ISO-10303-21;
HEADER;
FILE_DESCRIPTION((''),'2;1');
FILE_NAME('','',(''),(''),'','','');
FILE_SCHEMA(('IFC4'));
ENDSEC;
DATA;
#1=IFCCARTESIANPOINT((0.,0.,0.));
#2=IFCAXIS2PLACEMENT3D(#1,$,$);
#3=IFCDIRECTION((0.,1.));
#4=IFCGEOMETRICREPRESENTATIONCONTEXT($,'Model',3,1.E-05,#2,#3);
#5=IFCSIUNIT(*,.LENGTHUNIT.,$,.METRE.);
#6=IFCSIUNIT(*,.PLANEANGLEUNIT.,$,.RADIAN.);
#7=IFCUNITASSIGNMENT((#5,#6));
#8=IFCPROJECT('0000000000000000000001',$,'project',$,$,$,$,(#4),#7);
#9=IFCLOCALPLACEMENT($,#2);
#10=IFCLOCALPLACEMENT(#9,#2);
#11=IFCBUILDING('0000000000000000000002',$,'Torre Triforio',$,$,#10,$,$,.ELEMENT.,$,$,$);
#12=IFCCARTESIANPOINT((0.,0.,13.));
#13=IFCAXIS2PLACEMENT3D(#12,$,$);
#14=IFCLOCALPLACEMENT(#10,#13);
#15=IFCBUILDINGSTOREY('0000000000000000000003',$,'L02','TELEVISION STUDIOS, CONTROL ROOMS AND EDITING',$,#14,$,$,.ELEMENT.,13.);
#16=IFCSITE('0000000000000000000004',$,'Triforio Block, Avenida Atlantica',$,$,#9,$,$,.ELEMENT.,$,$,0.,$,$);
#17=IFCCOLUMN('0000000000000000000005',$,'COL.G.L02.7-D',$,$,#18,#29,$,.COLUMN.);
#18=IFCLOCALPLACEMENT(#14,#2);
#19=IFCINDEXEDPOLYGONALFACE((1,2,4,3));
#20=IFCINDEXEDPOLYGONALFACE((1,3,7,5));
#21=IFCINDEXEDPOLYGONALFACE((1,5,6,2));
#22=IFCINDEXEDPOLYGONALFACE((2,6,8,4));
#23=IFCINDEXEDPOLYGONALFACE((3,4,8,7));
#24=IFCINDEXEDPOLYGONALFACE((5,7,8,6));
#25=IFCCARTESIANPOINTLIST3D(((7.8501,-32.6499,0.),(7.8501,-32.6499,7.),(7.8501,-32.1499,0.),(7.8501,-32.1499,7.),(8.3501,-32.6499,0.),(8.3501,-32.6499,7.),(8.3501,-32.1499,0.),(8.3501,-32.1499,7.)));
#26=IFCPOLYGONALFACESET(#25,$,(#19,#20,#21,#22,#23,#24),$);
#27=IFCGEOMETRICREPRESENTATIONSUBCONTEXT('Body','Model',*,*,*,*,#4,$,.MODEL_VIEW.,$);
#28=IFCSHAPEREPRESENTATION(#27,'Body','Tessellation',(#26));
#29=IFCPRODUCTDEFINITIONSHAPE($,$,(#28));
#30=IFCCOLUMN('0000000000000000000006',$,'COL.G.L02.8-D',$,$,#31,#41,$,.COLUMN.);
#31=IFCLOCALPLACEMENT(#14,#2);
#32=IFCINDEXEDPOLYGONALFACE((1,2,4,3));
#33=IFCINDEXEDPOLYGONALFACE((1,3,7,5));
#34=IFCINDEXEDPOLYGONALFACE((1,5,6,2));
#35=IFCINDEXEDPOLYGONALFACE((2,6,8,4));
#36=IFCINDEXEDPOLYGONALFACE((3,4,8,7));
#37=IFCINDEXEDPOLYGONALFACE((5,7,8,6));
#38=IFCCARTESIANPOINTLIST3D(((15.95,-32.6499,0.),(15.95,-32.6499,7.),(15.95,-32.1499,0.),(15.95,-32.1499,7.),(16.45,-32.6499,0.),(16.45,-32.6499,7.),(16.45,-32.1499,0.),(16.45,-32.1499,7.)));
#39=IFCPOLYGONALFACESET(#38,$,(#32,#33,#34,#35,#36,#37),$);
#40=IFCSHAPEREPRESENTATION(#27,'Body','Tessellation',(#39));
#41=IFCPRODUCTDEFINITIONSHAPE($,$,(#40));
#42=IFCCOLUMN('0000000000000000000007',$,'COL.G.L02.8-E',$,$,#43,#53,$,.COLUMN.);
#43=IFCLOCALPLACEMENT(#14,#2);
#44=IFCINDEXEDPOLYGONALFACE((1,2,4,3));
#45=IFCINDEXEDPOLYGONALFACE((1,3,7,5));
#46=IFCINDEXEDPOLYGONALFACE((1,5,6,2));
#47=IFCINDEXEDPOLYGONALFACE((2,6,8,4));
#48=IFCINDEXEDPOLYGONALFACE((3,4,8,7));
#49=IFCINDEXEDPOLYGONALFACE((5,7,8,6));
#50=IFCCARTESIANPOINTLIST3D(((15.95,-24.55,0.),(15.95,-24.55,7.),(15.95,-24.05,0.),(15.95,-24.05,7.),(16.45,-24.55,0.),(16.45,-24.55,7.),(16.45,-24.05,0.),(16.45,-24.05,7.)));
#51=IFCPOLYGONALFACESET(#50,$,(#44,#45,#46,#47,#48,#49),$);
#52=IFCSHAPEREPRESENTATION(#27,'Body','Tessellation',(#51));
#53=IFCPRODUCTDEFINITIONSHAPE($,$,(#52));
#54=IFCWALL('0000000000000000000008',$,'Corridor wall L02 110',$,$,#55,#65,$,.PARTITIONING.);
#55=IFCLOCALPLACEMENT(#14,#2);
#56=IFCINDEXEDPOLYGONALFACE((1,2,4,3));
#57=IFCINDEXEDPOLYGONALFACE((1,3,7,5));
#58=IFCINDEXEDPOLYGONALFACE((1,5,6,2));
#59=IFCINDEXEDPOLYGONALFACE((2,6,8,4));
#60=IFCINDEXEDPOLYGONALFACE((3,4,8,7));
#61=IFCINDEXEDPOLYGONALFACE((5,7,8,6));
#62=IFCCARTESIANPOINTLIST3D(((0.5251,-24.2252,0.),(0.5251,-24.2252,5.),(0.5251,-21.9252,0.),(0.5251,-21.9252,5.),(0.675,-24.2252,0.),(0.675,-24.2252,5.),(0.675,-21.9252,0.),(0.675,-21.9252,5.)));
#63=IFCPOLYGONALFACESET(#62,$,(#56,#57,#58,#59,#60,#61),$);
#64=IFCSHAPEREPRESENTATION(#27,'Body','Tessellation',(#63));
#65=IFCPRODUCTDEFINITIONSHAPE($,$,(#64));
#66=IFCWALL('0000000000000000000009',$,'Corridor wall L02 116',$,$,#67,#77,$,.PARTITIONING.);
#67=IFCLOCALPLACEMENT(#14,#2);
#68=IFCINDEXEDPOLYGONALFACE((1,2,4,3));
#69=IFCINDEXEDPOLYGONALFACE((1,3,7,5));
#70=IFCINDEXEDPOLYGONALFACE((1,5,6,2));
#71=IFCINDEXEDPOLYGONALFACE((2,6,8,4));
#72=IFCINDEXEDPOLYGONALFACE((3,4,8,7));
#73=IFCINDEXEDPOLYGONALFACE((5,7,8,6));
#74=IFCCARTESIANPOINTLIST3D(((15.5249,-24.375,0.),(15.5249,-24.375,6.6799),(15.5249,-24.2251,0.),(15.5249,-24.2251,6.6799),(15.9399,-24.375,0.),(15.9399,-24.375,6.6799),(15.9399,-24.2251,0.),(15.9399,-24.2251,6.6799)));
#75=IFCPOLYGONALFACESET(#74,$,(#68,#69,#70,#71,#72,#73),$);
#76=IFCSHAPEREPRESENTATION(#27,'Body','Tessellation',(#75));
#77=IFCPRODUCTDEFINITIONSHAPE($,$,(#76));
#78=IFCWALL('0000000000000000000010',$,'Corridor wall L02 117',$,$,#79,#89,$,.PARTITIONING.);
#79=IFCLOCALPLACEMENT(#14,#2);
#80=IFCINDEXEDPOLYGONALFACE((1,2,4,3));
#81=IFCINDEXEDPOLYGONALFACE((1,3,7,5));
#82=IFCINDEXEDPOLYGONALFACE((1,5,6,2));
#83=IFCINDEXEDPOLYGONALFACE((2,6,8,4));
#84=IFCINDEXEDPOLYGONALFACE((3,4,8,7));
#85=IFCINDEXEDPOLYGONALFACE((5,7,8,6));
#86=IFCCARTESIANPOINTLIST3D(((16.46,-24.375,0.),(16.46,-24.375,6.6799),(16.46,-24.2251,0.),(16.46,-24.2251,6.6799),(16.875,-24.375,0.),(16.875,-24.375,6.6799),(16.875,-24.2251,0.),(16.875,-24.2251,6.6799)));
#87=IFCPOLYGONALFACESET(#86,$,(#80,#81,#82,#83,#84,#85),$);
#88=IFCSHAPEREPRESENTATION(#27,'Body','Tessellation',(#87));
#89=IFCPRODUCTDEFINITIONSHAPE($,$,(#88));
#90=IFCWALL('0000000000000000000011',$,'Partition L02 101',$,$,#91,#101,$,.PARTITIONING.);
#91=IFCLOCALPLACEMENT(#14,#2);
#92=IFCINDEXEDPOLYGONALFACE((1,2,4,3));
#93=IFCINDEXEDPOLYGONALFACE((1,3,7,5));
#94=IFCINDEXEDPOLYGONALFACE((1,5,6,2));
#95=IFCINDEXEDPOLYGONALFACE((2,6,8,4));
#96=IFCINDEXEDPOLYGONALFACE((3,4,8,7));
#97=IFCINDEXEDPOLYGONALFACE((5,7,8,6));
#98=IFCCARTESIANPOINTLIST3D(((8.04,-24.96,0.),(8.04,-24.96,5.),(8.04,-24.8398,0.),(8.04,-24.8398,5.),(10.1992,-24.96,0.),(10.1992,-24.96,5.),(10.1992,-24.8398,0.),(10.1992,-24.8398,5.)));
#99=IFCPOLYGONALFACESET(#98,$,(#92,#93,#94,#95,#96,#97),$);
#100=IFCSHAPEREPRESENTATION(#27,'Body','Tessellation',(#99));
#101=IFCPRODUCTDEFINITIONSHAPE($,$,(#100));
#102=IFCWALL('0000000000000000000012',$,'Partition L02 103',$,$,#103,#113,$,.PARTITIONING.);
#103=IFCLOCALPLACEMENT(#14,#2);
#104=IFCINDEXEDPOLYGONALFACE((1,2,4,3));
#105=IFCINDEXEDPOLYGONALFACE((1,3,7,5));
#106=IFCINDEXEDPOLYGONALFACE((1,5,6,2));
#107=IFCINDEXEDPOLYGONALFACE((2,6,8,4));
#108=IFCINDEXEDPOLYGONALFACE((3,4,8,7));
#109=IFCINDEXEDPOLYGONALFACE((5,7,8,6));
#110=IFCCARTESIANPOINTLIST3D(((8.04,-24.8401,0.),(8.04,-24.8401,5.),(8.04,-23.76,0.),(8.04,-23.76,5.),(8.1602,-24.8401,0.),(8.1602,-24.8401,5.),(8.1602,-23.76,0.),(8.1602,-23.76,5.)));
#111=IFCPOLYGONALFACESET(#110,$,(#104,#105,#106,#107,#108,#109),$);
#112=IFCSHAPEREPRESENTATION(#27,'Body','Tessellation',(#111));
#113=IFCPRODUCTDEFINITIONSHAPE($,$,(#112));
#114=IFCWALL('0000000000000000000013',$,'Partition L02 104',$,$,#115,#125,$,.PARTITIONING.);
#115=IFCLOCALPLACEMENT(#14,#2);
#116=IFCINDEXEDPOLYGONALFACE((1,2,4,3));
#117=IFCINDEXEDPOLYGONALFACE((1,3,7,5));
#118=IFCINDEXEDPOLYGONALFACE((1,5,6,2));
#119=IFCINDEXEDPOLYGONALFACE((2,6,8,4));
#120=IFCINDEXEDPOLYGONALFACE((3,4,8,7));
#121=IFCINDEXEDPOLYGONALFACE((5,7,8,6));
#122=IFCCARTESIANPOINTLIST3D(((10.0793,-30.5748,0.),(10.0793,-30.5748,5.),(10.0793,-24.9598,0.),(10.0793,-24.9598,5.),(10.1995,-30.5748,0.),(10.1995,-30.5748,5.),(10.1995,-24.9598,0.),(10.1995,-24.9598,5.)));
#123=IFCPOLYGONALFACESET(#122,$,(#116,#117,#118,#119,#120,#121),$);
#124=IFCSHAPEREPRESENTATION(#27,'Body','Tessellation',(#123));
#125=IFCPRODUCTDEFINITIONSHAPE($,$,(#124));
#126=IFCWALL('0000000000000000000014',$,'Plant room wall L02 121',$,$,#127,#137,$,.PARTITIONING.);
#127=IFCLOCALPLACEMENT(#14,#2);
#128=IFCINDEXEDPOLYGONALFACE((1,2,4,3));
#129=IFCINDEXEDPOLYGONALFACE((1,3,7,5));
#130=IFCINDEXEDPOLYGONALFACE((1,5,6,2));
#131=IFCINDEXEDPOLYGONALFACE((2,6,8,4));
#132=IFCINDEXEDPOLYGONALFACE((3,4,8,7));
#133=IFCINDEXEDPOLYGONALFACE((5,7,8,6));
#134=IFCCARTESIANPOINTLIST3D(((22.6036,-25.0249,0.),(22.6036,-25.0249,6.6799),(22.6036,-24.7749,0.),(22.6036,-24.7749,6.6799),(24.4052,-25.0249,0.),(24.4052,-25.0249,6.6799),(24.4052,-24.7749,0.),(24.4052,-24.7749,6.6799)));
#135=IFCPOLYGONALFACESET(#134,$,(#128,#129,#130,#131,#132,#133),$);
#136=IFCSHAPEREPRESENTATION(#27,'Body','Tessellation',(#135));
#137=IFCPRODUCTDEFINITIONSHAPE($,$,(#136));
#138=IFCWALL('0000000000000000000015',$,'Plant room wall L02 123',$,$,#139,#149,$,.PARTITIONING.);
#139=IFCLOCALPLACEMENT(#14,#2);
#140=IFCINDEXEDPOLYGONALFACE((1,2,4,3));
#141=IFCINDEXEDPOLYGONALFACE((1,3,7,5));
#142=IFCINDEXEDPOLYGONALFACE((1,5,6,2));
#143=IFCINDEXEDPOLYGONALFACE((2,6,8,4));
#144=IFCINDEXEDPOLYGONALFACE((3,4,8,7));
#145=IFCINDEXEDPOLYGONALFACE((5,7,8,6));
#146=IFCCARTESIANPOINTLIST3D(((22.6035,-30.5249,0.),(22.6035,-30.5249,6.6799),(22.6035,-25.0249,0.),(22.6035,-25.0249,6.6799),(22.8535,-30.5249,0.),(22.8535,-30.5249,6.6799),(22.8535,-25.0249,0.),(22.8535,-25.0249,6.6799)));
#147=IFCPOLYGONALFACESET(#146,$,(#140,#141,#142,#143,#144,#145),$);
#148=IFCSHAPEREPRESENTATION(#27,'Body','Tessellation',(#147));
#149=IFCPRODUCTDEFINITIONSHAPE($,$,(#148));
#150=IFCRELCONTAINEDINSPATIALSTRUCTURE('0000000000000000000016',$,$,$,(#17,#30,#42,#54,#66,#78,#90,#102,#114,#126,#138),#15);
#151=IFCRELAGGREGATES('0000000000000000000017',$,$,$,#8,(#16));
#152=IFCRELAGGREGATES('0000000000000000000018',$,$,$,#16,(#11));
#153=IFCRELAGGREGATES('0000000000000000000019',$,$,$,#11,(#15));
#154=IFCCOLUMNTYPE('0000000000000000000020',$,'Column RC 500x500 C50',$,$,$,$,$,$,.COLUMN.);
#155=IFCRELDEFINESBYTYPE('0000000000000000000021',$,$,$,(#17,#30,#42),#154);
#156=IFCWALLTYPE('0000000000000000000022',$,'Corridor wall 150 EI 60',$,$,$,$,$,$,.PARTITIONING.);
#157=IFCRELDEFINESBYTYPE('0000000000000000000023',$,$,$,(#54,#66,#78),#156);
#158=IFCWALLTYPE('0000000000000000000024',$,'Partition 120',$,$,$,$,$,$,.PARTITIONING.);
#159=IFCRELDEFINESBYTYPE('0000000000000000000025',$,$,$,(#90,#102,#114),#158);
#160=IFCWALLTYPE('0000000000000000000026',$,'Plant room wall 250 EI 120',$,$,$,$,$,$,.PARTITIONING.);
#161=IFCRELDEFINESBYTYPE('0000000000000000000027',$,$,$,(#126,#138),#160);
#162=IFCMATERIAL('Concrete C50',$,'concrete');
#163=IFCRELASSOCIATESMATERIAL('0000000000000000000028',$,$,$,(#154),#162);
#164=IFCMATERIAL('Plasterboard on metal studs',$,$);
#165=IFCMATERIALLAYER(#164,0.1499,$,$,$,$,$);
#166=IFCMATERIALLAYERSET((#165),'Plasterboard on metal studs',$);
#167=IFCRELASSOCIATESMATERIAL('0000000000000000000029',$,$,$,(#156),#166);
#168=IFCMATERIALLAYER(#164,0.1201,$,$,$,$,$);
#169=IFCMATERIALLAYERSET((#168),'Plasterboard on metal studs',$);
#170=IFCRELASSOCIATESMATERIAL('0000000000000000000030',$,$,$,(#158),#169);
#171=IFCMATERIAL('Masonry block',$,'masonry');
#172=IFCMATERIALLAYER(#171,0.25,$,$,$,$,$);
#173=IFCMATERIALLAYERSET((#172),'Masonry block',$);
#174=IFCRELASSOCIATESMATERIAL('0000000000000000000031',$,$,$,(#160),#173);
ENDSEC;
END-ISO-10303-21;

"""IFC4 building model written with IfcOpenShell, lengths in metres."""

from ifc_helpers import new_model, si_unit, direction, frame, frame_2d, origin, origin_2d, place, context, subcontext, project, spatial, rectangle, extrude, material, layer, layer_set, material_profile, profile_set, type_object, element, save


model = new_model("IFC4")

# Units and contexts
model_context = context("Model", 3, precision=1e-05, world=origin(), true_north=direction((0.0, 1.0)))
body_context = subcontext(model_context, "Body", "Model", "MODEL_VIEW")
ifc_project = project(units=[si_unit("LENGTHUNIT", "METRE"), si_unit("PLANEANGLEUNIT", "RADIAN")], contexts=[model_context])

# Site, building, storey
site_placement = place(None, origin())
site = spatial("IfcSite", under=ifc_project, at=site_placement, Name="Triforio Block, Avenida Atlantica", CompositionType="ELEMENT", RefElevation=0.0)
building_placement = place(site_placement, origin())
building = spatial("IfcBuilding", under=site, at=building_placement, Name="Torre Triforio", CompositionType="ELEMENT")
storey_placement = place(building_placement, frame((0.0, 0.0, 13.0)))
storey = spatial("IfcBuildingStorey", under=building, at=storey_placement, Name="L02", Description="TELEVISION STUDIOS, CONTROL ROOMS AND EDITING", CompositionType="ELEMENT", Elevation=13.0)

# Columns
ifc_material_1 = material(Name="Concrete C50", Category="concrete")
ifc_material_profile = material_profile(ifc_material_1, rectangle(XDim=0.5, YDim=0.5, at=origin_2d()), Name="RC 500x500")
ifc_profile_set = profile_set([ifc_material_profile], Name="Concrete C50")
column_type = type_object("IfcColumnType", Name="Column RC 500x500 C50", PredefinedType="COLUMN", material=ifc_profile_set)
for number, where, z_axis, x_axis, name in (
    (1, (8.1001, -32.3999, 0.0), (0.0, 0.0, 1.0), (1.0, 0.0, 0.0), "COL.G.L02.7-D"),
    (2, (16.2, -32.3999, 0.0), (0.0, 0.0, 1.0), (1.0, 0.0, 0.0), "COL.G.L02.8-D"),
    (3, (16.2, -24.3, 0.0), (0.0, 0.0, 1.0), (1.0, 0.0, 0.0), "COL.G.L02.8-E"),
):
    element("IfcColumn", number, at=place(storey_placement, frame(where, z_axis=z_axis, x_axis=x_axis)), inside=storey, type_object=column_type, Name=name, PredefinedType="COLUMN", context=body_context, shape_type="SweptSolid", body=[
        extrude(rectangle(XDim=0.5, YDim=0.5, at=origin_2d()), origin(), (0.0, 0.0, 1.0), 7.0),
    ])

# Walls
ifc_material_2 = material(Name="Plasterboard on metal studs")
ifc_layer_1 = layer(ifc_material_2, 0.1499)
ifc_layer_set_1 = layer_set([ifc_layer_1], Name="Plasterboard on metal studs")
wall_type_1 = type_object("IfcWallType", Name="Corridor wall 150 EI 60", PredefinedType="PARTITIONING", material=ifc_layer_set_1)
wall_1_placement = place(storey_placement, frame((0.6001, -24.2251, 0.0), z_axis=(0.0, 0.0, 1.0), x_axis=(0.0, 1.0, 0.0)))
element("IfcWall", 4, at=wall_1_placement, inside=storey, type_object=wall_type_1, Name="Corridor wall L02 110", PredefinedType="PARTITIONING", context=body_context, shape_type="SweptSolid", body=[
    extrude(rectangle(XDim=2.3, YDim=0.1499, at=frame_2d((1.1499, 0.0))), origin(), (0.0, 0.0, 1.0), 5.0),
])
for number, where, z_axis, x_axis, name in (
    (5, (15.5249, -24.3, 0.0), (0.0, 0.0, 1.0), (1.0, 0.0, 0.0), "Corridor wall L02 116"),
    (6, (16.46, -24.3, 0.0), (0.0, 0.0, 1.0), (1.0, 0.0, 0.0), "Corridor wall L02 117"),
):
    element("IfcWall", number, at=place(storey_placement, frame(where, z_axis=z_axis, x_axis=x_axis)), inside=storey, type_object=wall_type_1, Name=name, PredefinedType="PARTITIONING", context=body_context, shape_type="SweptSolid", body=[
        extrude(rectangle(XDim=0.415, YDim=0.1499, at=frame_2d((0.2075, 0.0))), origin(), (0.0, 0.0, 1.0), 6.6799),
    ])
ifc_layer_2 = layer(ifc_material_2, 0.1201)
ifc_layer_set_2 = layer_set([ifc_layer_2], Name="Plasterboard on metal studs")
wall_type_2 = type_object("IfcWallType", Name="Partition 120", PredefinedType="PARTITIONING", material=ifc_layer_set_2)
wall_2_placement = place(storey_placement, frame((8.04, -24.8999, 0.0), z_axis=(0.0, 0.0, 1.0), x_axis=(1.0, 0.0, 0.0)))
element("IfcWall", 7, at=wall_2_placement, inside=storey, type_object=wall_type_2, Name="Partition L02 101", PredefinedType="PARTITIONING", context=body_context, shape_type="SweptSolid", body=[
    extrude(rectangle(XDim=2.1592, YDim=0.1201, at=frame_2d((1.0796, 0.0))), origin(), (0.0, 0.0, 1.0), 5.0),
])
wall_3_placement = place(storey_placement, frame((8.1001, -24.8401, 0.0), z_axis=(0.0, 0.0, 1.0), x_axis=(0.0, 1.0, 0.0)))
element("IfcWall", 8, at=wall_3_placement, inside=storey, type_object=wall_type_2, Name="Partition L02 103", PredefinedType="PARTITIONING", context=body_context, shape_type="SweptSolid", body=[
    extrude(rectangle(XDim=1.0801, YDim=0.1201, at=frame_2d((0.54, 0.0))), origin(), (0.0, 0.0, 1.0), 5.0),
])
wall_4_placement = place(storey_placement, frame((10.1394, -30.575, 0.0), z_axis=(0.0, 0.0, 1.0), x_axis=(0.0, 1.0, 0.0)))
element("IfcWall", 9, at=wall_4_placement, inside=storey, type_object=wall_type_2, Name="Partition L02 104", PredefinedType="PARTITIONING", context=body_context, shape_type="SweptSolid", body=[
    extrude(rectangle(XDim=5.615, YDim=0.1201, at=frame_2d((2.8076, 0.0))), origin(), (0.0, 0.0, 1.0), 5.0),
])
ifc_material_3 = material(Name="Masonry block", Category="masonry")
ifc_layer_3 = layer(ifc_material_3, 0.25)
ifc_layer_set_3 = layer_set([ifc_layer_3], Name="Masonry block")
wall_type_3 = type_object("IfcWallType", Name="Plant room wall 250 EI 120", PredefinedType="PARTITIONING", material=ifc_layer_set_3)
wall_5_placement = place(storey_placement, frame((22.6035, -24.8999, 0.0), z_axis=(0.0, 0.0, 1.0), x_axis=(1.0, 0.0, 0.0)))
element("IfcWall", 10, at=wall_5_placement, inside=storey, type_object=wall_type_3, Name="Plant room wall L02 121", PredefinedType="PARTITIONING", context=body_context, shape_type="SweptSolid", body=[
    extrude(rectangle(XDim=1.8015, YDim=0.25, at=frame_2d((0.9009, 0.0))), origin(), (0.0, 0.0, 1.0), 6.6799),
])
wall_6_placement = place(storey_placement, frame((22.7285, -30.5249, 0.0), z_axis=(0.0, 0.0, 1.0), x_axis=(0.0, 1.0, 0.0)))
element("IfcWall", 11, at=wall_6_placement, inside=storey, type_object=wall_type_3, Name="Plant room wall L02 123", PredefinedType="PARTITIONING", context=body_context, shape_type="SweptSolid", body=[
    extrude(rectangle(XDim=5.5, YDim=0.25, at=frame_2d((2.75, 0.0))), origin(), (0.0, 0.0, 1.0), 6.6799),
])

save(model, "model.ifc")
